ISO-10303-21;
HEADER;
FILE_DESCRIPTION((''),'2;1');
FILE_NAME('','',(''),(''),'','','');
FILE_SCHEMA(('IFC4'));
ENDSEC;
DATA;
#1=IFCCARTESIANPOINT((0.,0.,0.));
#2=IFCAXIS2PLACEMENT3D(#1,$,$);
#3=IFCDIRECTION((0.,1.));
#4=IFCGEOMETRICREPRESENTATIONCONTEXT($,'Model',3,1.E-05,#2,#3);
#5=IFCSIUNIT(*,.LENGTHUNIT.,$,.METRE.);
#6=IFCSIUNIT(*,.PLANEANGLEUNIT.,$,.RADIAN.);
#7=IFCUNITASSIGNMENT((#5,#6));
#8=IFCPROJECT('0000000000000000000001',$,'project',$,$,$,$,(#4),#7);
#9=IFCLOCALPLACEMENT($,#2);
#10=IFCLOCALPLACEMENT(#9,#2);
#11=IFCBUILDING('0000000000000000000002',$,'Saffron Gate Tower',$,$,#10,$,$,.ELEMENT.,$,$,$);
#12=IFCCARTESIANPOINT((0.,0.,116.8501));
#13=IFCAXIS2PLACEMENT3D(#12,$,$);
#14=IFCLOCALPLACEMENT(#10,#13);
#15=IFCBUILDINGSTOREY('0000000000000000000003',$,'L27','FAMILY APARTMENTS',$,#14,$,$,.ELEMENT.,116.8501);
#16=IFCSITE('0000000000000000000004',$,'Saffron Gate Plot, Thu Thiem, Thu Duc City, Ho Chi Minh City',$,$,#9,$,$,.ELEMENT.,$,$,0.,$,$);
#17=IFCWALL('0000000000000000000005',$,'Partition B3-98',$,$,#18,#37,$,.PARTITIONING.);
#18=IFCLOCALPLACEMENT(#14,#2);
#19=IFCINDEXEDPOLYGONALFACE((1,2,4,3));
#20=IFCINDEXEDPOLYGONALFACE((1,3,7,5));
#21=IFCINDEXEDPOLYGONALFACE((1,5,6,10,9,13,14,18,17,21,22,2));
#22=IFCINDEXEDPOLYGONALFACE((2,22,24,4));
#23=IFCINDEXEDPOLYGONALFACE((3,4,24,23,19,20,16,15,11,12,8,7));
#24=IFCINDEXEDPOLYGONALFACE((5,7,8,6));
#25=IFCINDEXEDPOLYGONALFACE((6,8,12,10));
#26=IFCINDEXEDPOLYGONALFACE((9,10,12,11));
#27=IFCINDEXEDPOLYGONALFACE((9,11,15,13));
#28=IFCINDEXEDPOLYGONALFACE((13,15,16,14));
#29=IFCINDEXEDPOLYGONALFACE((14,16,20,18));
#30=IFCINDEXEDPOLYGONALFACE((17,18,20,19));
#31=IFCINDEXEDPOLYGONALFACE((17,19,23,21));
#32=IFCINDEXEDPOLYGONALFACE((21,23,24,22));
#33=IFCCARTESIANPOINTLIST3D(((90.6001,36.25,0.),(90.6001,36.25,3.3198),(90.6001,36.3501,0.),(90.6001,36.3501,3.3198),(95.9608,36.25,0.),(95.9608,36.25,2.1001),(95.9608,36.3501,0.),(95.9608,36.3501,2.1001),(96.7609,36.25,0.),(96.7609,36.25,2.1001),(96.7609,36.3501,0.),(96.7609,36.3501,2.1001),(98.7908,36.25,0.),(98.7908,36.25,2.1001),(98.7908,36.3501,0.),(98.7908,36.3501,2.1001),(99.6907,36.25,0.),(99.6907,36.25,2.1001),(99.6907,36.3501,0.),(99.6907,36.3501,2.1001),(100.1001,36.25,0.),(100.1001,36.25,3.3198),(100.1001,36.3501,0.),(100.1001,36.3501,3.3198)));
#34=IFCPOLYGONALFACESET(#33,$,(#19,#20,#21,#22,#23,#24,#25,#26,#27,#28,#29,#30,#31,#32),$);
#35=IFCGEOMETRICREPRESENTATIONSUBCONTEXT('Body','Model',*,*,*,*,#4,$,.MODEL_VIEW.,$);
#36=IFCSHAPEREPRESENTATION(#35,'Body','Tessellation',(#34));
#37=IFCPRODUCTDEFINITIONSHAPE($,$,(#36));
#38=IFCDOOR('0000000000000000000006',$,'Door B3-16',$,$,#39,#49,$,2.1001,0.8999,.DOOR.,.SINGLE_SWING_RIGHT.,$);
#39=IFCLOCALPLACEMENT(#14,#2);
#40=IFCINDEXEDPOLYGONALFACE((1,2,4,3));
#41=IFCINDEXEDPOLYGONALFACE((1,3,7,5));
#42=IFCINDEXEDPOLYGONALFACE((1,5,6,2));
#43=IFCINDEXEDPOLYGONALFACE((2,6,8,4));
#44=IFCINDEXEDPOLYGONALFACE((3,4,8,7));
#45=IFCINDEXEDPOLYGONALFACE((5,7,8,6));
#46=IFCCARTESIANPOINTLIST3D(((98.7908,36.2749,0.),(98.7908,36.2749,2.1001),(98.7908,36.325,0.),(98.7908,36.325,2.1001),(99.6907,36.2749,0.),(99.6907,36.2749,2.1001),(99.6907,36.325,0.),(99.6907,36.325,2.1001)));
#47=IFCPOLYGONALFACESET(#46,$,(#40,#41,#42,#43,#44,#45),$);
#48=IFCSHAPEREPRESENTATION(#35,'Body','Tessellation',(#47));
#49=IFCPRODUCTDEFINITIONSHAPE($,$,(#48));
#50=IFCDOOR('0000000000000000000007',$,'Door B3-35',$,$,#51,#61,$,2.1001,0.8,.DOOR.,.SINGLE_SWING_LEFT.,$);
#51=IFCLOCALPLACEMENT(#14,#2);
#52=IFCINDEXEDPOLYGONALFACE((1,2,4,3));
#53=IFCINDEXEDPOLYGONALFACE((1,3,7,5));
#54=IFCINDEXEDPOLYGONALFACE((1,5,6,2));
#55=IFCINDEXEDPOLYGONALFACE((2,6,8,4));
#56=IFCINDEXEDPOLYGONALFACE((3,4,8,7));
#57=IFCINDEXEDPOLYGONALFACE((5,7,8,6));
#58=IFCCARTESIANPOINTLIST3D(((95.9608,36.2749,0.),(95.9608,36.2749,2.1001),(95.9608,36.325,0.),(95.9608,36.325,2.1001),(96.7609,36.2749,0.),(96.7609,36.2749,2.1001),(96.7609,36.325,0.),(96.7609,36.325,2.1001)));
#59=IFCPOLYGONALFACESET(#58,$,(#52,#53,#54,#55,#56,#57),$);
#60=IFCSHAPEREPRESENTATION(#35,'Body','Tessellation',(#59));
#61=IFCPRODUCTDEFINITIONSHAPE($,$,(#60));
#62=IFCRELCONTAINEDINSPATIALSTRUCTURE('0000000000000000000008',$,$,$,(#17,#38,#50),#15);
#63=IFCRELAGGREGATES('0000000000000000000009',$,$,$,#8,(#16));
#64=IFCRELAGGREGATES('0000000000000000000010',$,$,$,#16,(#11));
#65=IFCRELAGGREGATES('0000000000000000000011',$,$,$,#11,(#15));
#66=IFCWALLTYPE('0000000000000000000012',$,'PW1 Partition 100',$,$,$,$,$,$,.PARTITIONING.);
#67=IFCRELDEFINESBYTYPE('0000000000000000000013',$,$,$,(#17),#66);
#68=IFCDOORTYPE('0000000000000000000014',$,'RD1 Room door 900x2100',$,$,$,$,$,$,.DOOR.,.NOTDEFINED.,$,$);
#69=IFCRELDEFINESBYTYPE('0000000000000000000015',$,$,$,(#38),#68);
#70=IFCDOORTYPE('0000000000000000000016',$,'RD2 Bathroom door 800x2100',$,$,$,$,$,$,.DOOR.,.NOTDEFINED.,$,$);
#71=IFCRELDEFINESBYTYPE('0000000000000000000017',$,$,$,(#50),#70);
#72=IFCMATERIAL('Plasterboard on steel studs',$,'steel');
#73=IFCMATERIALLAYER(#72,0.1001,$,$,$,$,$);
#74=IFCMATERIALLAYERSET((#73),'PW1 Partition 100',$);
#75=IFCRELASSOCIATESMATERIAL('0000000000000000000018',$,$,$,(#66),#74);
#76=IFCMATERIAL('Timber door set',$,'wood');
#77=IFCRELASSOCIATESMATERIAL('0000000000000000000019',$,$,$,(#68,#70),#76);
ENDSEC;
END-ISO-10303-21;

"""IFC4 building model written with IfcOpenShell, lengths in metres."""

from ifc_helpers import new_model, si_unit, direction, frame, frame_2d, origin, place, context, subcontext, project, spatial, rectangle, extrude, material, layer, layer_set, type_object, element, fill, save


model = new_model("IFC4")

# Units and contexts
model_context = context("Model", 3, precision=1e-05, world=origin(), true_north=direction((0.0, 1.0)))
body_context = subcontext(model_context, "Body", "Model", "MODEL_VIEW")
ifc_project = project(units=[si_unit("LENGTHUNIT", "METRE"), si_unit("PLANEANGLEUNIT", "RADIAN")], contexts=[model_context])

# Site, building, storey
site_placement = place(None, origin())
site = spatial("IfcSite", under=ifc_project, at=site_placement, Name="Saffron Gate Plot, Thu Thiem, Thu Duc City, Ho Chi Minh City", CompositionType="ELEMENT", RefElevation=0.0)
building_placement = place(site_placement, origin())
building = spatial("IfcBuilding", under=site, at=building_placement, Name="Saffron Gate Tower", CompositionType="ELEMENT")
storey_placement = place(building_placement, frame((0.0, 0.0, 116.8501)))
storey = spatial("IfcBuildingStorey", under=building, at=storey_placement, Name="L27", Description="FAMILY APARTMENTS", CompositionType="ELEMENT", Elevation=116.8501)

# Shared definitions
ifc_material_1 = material(Name="Plasterboard on steel studs", Category="steel")
ifc_layer_1 = layer(ifc_material_1, 0.1001)
ifc_layer_set_1 = layer_set([ifc_layer_1], Name="PW1 Partition 100")
wall_type = type_object("IfcWallType", Name="PW1 Partition 100", PredefinedType="PARTITIONING", material=ifc_layer_set_1)
ifc_material_2 = material(Name="Timber door set", Category="wood")
door_type_1 = type_object("IfcDoorType", Name="RD1 Room door 900x2100", OperationType="NOTDEFINED", PredefinedType="DOOR", material=ifc_material_2)

# Wall, openings, doors
wall_1_placement = place(storey_placement, frame((90.6001, 36.3, 0.0), z_axis=(0.0, 0.0, 1.0), x_axis=(1.0, 0.0, 0.0)))
wall_1 = element("IfcWall", 1, at=wall_1_placement, inside=storey, type_object=wall_type, Name="Partition B3-98", PredefinedType="PARTITIONING", context=body_context, shape_type="SweptSolid", body=[
    extrude(rectangle(XDim=9.5, YDim=0.1001, at=frame_2d((4.75, 0.0))), origin(), (0.0, 0.0, 1.0), 3.3198),
])
opening_1_placement = place(wall_1_placement, frame((5.3608, 0.0, 0.0)))
opening_1 = element("IfcOpeningElement", 2, at=opening_1_placement, cuts=wall_1, PredefinedType="OPENING", context=body_context, shape_type="SweptSolid", body=[
    extrude(rectangle(XDim=0.8, YDim=2.1001, at=frame_2d((0.3999, 1.05))), frame((0.0, 0.0601, 0.0), z_axis=(0.0, -1.0, 0.0), x_axis=(1.0, 0.0, 0.0)), (0.0, 0.0, 1.0), 0.1201),
])
opening_2_placement = place(wall_1_placement, frame((8.1907, 0.0, 0.0)))
opening_2 = element("IfcOpeningElement", 3, at=opening_2_placement, cuts=wall_1, PredefinedType="OPENING", context=body_context, shape_type="SweptSolid", body=[
    extrude(rectangle(XDim=0.8999, YDim=2.1001, at=frame_2d((0.45, 1.05))), frame((0.0, 0.0601, 0.0), z_axis=(0.0, -1.0, 0.0), x_axis=(1.0, 0.0, 0.0)), (0.0, 0.0, 1.0), 0.1201),
])
door_1_placement = place(opening_2_placement, origin())
door_1 = element("IfcDoor", 4, at=door_1_placement, inside=storey, type_object=door_type_1, Name="Door B3-16", OperationType="SINGLE_SWING_RIGHT", OverallHeight=2.1001, OverallWidth=0.8999, PredefinedType="DOOR", context=body_context, shape_type="SweptSolid", body=[
    extrude(rectangle(XDim=0.8999, YDim=2.1001, at=frame_2d((0.45, 1.05))), frame((0.0, 0.0249, 0.0), z_axis=(0.0, -1.0, 0.0), x_axis=(1.0, 0.0, 0.0)), (0.0, 0.0, 1.0), 0.05),
])
fill(opening_2, door_1)
door_type_2 = type_object("IfcDoorType", Name="RD2 Bathroom door 800x2100", OperationType="NOTDEFINED", PredefinedType="DOOR", material=ifc_material_2)
door_2_placement = place(opening_1_placement, origin())
door_2 = element("IfcDoor", 5, at=door_2_placement, inside=storey, type_object=door_type_2, Name="Door B3-35", OperationType="SINGLE_SWING_LEFT", OverallHeight=2.1001, OverallWidth=0.8, PredefinedType="DOOR", context=body_context, shape_type="SweptSolid", body=[
    extrude(rectangle(XDim=0.8, YDim=2.1001, at=frame_2d((0.3999, 1.05))), frame((0.0, 0.0249, 0.0), z_axis=(0.0, -1.0, 0.0), x_axis=(1.0, 0.0, 0.0)), (0.0, 0.0, 1.0), 0.05),
])
fill(opening_1, door_2)

save(model, "model.ifc")
